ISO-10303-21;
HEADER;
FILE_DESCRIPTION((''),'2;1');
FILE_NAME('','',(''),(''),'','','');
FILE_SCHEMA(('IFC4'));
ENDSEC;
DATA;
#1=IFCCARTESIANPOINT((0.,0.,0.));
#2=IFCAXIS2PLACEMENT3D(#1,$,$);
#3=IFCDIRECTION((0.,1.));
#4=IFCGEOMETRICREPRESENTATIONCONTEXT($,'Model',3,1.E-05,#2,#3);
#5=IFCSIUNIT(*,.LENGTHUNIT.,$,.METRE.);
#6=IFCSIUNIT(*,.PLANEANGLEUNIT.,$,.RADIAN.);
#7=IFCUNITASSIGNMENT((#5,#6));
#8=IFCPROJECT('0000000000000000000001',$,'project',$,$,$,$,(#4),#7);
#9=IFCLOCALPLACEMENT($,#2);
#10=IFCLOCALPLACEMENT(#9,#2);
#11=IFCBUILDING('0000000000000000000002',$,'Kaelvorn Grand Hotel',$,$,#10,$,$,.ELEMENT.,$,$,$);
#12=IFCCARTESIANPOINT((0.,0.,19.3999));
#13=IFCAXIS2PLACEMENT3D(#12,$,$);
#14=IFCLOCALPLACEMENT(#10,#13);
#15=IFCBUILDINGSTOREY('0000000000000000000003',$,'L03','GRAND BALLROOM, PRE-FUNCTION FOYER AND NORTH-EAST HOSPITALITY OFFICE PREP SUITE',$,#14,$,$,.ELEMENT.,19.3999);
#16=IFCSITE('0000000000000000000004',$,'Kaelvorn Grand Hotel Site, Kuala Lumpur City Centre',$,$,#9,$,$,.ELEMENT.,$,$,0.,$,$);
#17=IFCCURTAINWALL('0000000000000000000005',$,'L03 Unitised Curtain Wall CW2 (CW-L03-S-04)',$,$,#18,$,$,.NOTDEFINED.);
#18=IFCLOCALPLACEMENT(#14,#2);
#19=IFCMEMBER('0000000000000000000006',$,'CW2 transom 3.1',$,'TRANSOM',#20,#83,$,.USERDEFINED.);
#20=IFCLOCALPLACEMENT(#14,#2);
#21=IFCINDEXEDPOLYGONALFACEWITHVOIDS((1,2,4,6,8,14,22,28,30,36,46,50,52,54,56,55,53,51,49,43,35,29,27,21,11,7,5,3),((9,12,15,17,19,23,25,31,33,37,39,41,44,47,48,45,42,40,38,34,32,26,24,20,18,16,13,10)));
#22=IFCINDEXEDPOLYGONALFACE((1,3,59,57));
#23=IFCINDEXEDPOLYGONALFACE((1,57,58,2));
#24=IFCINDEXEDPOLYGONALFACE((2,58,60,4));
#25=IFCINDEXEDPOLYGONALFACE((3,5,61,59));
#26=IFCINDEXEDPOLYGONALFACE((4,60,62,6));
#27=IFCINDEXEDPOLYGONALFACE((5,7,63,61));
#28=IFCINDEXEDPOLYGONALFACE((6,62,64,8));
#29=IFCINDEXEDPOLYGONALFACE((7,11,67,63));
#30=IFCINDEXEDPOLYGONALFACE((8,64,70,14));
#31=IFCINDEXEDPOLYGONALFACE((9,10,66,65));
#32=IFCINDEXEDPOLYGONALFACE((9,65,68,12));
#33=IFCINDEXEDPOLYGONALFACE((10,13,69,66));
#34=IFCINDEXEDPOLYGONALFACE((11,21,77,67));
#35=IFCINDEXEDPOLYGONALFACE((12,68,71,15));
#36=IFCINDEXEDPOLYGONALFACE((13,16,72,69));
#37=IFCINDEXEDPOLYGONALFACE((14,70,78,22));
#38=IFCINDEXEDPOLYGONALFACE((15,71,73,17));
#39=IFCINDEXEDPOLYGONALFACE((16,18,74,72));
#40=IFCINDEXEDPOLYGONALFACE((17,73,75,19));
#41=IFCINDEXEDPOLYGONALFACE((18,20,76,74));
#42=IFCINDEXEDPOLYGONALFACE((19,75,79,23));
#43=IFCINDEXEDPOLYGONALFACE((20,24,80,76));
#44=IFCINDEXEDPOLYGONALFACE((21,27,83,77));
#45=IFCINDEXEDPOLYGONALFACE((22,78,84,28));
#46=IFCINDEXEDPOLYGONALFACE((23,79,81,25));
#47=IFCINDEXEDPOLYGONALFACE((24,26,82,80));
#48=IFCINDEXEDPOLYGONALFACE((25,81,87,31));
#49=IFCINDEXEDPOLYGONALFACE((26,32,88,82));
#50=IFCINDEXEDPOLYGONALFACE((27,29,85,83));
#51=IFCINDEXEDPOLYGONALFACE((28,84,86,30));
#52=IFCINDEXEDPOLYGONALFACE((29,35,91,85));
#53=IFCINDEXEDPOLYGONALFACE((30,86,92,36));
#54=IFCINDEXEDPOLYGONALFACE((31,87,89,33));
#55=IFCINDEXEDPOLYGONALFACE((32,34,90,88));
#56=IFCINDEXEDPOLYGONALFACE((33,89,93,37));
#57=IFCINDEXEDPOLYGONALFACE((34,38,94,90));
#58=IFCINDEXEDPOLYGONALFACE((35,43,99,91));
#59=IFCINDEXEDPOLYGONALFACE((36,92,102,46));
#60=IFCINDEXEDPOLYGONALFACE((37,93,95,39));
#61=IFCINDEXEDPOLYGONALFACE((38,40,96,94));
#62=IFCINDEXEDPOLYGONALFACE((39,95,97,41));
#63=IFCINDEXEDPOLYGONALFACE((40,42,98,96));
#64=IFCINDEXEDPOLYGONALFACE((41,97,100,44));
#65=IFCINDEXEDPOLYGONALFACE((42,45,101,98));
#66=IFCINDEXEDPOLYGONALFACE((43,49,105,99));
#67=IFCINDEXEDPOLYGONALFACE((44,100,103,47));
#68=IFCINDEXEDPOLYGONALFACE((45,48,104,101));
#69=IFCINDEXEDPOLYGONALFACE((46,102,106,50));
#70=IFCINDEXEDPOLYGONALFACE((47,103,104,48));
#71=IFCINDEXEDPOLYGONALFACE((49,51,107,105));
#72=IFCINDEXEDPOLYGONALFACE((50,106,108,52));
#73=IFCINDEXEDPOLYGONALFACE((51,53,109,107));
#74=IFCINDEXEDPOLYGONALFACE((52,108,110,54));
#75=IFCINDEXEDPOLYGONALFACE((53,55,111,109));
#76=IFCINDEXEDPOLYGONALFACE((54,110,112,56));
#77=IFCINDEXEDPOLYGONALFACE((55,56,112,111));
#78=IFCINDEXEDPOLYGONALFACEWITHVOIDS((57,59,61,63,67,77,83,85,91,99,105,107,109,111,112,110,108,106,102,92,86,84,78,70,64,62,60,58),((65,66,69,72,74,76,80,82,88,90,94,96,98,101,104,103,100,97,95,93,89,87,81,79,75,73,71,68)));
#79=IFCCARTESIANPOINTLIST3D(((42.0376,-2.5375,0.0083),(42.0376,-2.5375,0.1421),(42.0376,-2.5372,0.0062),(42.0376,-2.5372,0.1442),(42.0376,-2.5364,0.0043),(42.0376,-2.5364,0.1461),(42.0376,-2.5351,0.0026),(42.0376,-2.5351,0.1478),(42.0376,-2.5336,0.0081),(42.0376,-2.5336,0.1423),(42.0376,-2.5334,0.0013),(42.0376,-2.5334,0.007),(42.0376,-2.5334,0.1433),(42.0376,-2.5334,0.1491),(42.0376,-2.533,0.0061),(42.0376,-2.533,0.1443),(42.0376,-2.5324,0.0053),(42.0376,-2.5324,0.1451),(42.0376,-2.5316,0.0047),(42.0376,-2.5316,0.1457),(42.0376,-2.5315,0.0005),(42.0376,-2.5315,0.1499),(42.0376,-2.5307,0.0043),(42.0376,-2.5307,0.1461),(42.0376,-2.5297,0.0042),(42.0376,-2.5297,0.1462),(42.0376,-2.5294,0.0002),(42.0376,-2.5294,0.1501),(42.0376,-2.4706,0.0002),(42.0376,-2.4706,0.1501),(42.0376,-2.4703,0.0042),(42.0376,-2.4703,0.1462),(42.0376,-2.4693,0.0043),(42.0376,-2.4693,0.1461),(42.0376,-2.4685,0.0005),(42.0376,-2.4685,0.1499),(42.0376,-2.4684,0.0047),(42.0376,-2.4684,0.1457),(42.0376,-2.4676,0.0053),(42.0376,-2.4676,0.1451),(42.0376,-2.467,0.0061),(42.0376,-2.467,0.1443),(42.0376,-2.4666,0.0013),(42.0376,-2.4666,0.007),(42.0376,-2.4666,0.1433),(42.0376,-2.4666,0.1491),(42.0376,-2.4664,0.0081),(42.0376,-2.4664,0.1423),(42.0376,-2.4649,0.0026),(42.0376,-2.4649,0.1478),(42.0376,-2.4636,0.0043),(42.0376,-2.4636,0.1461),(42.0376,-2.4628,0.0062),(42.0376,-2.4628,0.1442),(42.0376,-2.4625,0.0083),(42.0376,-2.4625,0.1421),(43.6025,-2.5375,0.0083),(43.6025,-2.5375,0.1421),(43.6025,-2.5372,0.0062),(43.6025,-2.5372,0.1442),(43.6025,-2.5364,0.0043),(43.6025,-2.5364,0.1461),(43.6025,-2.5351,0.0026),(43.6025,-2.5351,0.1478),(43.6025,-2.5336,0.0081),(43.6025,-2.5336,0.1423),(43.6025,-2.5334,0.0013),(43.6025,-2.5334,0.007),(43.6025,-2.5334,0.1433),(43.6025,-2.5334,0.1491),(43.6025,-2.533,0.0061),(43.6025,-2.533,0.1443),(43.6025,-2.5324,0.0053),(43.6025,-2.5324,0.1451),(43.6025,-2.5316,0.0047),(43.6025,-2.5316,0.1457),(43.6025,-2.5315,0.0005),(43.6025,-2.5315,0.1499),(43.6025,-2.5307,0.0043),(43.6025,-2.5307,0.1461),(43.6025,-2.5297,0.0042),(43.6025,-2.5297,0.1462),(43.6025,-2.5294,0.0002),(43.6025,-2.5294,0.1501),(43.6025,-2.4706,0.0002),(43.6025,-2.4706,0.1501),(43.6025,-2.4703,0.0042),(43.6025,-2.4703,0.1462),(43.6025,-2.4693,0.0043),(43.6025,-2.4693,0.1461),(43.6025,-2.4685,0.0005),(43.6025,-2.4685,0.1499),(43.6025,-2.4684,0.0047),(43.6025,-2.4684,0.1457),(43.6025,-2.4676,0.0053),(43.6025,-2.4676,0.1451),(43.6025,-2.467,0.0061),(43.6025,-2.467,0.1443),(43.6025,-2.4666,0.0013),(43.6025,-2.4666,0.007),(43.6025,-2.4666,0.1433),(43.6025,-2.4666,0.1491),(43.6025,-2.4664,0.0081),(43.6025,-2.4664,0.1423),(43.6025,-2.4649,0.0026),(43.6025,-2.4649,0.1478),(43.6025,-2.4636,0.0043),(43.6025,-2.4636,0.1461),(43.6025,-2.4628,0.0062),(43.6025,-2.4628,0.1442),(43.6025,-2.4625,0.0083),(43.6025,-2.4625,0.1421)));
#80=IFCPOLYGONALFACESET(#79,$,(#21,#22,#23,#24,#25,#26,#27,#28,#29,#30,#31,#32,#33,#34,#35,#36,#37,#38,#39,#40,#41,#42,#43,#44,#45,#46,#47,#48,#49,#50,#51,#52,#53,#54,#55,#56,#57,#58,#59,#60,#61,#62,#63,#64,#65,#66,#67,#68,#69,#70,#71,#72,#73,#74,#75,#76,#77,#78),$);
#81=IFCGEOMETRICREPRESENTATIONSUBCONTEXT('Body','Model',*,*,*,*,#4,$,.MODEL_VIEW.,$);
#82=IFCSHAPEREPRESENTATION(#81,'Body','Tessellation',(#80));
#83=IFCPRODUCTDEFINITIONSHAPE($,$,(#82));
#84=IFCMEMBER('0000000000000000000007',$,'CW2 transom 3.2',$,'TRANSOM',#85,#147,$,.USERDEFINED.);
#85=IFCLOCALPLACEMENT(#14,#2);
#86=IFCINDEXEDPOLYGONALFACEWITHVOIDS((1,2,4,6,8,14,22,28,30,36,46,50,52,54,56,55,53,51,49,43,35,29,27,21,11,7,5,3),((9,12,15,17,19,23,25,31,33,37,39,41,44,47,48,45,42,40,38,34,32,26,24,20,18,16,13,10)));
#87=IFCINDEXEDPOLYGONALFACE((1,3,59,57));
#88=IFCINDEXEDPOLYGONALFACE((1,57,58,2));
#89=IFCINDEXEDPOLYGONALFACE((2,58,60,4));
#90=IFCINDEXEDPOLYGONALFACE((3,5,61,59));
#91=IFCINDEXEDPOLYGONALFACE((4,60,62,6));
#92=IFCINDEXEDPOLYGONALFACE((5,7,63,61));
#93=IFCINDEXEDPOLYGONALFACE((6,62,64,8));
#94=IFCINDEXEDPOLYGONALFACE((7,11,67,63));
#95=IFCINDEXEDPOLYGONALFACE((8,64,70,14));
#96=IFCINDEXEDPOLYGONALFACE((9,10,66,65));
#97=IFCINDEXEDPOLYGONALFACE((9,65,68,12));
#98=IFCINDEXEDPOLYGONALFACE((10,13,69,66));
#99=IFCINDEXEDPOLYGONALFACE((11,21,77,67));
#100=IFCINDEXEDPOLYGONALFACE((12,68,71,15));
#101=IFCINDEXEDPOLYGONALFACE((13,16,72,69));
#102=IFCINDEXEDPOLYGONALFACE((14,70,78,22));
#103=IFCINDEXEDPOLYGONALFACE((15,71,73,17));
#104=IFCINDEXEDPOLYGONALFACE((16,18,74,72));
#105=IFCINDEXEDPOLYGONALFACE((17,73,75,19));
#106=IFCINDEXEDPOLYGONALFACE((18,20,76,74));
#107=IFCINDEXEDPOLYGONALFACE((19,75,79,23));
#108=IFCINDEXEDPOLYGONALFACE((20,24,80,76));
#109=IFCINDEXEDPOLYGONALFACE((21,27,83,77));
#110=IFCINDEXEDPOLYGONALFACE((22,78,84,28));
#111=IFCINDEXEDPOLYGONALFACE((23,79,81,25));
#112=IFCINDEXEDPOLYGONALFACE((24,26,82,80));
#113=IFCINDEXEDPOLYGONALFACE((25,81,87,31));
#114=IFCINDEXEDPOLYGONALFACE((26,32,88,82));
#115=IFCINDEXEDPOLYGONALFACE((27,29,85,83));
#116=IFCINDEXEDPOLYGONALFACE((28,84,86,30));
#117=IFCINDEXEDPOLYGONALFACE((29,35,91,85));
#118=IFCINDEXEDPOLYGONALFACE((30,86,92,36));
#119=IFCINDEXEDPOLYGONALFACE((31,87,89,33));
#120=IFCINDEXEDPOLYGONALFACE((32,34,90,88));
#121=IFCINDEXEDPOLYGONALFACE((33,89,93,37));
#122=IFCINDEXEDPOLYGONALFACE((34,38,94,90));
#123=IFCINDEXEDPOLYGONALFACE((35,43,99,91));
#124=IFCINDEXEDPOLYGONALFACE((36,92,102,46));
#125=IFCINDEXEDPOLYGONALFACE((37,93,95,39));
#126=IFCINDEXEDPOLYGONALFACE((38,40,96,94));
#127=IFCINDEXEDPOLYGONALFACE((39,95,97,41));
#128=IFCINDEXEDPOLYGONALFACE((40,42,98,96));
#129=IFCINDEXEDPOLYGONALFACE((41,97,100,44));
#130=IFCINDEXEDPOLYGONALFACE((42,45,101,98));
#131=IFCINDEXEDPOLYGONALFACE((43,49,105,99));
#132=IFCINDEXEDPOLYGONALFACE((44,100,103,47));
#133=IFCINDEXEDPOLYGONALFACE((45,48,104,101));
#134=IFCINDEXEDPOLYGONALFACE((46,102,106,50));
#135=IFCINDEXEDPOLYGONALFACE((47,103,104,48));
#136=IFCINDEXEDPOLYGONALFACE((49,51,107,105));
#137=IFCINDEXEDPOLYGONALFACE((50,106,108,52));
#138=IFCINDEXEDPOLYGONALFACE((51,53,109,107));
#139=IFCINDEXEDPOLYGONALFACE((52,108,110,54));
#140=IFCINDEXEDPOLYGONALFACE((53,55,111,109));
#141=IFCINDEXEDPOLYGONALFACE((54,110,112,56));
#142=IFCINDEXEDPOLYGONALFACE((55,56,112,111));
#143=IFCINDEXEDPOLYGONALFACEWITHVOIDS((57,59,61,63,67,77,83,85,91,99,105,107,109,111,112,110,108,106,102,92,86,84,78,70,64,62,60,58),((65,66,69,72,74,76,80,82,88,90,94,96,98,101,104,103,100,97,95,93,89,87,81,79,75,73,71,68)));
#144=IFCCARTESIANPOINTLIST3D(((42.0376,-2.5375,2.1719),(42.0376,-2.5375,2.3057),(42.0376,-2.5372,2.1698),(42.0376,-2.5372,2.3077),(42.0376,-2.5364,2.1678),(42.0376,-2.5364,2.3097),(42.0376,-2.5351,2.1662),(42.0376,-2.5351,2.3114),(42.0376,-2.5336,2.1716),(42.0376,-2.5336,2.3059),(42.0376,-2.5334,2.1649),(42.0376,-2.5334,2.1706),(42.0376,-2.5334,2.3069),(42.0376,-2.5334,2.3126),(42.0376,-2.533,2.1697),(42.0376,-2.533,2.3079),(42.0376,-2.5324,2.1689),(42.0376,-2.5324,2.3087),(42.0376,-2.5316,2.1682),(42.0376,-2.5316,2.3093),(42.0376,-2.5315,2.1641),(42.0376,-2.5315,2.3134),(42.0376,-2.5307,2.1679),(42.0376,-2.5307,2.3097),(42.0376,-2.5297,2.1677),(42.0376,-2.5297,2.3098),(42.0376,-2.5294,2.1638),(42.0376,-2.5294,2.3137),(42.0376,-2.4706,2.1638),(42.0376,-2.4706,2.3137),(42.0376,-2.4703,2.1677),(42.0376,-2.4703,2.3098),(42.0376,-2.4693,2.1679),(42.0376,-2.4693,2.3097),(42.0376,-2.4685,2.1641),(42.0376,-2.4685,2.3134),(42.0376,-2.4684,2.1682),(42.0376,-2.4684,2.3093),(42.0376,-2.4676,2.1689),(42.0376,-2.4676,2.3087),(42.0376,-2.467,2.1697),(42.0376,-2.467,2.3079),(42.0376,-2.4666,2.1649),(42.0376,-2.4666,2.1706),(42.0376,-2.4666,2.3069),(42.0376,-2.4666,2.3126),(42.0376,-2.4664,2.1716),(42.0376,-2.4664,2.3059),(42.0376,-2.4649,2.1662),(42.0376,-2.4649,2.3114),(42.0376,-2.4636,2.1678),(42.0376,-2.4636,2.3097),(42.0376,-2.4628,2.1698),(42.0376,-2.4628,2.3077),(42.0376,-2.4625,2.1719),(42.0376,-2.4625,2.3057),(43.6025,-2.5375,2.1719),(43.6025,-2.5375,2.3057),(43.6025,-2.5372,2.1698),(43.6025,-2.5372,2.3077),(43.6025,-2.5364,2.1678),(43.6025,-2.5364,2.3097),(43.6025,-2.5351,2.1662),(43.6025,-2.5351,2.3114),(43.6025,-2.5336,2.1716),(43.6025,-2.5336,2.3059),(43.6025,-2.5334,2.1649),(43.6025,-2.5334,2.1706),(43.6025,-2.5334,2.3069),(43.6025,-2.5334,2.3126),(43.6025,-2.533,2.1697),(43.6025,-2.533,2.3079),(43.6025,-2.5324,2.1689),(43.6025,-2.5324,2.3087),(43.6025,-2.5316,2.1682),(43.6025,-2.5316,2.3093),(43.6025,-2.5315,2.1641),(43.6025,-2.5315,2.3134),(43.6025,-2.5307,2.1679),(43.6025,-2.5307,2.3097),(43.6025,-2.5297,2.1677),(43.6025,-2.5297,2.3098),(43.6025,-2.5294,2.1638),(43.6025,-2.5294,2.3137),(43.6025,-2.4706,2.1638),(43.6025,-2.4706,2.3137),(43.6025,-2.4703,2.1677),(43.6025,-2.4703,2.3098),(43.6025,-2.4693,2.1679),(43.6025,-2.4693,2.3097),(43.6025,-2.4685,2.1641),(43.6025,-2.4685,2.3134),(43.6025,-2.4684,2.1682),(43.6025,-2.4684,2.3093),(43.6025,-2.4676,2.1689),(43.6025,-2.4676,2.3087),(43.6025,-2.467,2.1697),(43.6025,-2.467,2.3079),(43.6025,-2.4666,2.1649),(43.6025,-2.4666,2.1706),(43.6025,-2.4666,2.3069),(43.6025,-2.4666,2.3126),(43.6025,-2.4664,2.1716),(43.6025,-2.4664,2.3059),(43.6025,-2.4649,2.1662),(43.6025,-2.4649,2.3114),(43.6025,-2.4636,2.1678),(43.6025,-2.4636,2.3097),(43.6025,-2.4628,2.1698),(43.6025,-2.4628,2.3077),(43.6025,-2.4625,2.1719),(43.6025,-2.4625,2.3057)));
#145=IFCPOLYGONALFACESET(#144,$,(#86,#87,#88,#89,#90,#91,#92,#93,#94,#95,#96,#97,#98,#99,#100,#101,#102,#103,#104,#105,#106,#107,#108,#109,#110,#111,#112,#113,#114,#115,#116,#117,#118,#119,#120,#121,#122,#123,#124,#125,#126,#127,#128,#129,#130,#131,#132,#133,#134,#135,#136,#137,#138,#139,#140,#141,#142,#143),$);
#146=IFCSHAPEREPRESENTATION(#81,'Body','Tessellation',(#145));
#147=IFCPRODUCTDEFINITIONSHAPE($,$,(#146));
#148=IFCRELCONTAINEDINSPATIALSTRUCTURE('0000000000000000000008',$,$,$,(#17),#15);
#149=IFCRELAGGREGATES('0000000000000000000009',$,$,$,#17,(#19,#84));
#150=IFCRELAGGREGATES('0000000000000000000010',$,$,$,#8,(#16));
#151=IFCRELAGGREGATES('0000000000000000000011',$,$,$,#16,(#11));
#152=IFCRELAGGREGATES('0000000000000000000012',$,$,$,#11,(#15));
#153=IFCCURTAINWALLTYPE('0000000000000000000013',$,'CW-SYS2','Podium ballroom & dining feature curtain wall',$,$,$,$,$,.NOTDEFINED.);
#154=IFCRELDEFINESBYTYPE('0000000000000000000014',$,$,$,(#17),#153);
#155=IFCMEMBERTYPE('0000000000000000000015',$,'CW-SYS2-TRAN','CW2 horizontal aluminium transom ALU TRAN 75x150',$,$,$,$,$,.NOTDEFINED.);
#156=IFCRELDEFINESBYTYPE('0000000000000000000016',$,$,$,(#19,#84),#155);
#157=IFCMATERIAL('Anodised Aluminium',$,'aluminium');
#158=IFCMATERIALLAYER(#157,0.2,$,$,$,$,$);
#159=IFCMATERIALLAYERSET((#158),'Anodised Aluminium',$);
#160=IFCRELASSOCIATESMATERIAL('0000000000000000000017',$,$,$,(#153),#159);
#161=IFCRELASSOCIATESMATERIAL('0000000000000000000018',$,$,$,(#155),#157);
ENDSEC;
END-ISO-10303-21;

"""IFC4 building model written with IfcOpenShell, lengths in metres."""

from ifc_helpers import new_model, si_unit, direction, frame, origin, origin_2d, place, context, subcontext, project, spatial, hollow_rectangle, extrude, material, layer, layer_set, material_profile, profile_set, type_object, element, aggregate, save


model = new_model("IFC4")

# Units and contexts
model_context = context("Model", 3, precision=1e-05, world=origin(), true_north=direction((0.0, 1.0)))
body_context = subcontext(model_context, "Body", "Model", "MODEL_VIEW")
ifc_project = project(units=[si_unit("LENGTHUNIT", "METRE"), si_unit("PLANEANGLEUNIT", "RADIAN")], contexts=[model_context])

# Site, building, storey
site_placement = place(None, origin())
site = spatial("IfcSite", under=ifc_project, at=site_placement, Name="Kaelvorn Grand Hotel Site, Kuala Lumpur City Centre", CompositionType="ELEMENT", RefElevation=0.0)
building_placement = place(site_placement, origin())
building = spatial("IfcBuilding", under=site, at=building_placement, Name="Kaelvorn Grand Hotel", CompositionType="ELEMENT")
storey_placement = place(building_placement, frame((0.0, 0.0, 19.3999)))
storey = spatial("IfcBuildingStorey", under=building, at=storey_placement, Name="L03", Description="GRAND BALLROOM, PRE-FUNCTION FOYER AND NORTH-EAST HOSPITALITY OFFICE PREP SUITE", CompositionType="ELEMENT", Elevation=19.3999)

# Curtain wall
ifc_material_1 = material(Name="Anodised Aluminium", Category="aluminium")
ifc_layer_1 = layer(ifc_material_1, 0.2)
ifc_layer_set_1 = layer_set([ifc_layer_1], Name="Anodised Aluminium")
curtain_wall_type = type_object("IfcCurtainWallType", Name="CW-SYS2", Description="Podium ballroom & dining feature curtain wall", PredefinedType="NOTDEFINED", material=ifc_layer_set_1)
curtain_wall_1_placement = place(storey_placement, origin())
curtain_wall_1 = element("IfcCurtainWall", 1, at=curtain_wall_1_placement, inside=storey, type_object=curtain_wall_type, Name="L03 Unitised Curtain Wall CW2 (CW-L03-S-04)", PredefinedType="NOTDEFINED")

# Members
ifc_material_profile_1 = material_profile(ifc_material_1, hollow_rectangle(XDim=0.075, YDim=0.1499, WallThickness=0.0039, InnerFilletRadius=0.0039, OuterFilletRadius=0.0081, at=origin_2d()), Name="ALU TRAN 75x150")
ifc_profile_set_1 = profile_set([ifc_material_profile_1], Name="Anodised Aluminium")
member_type_1 = type_object("IfcMemberType", Name="CW-SYS2-TRAN", Description="CW2 horizontal aluminium transom ALU TRAN 75x150", PredefinedType="NOTDEFINED", material=ifc_profile_set_1)
member_1_placement = place(storey_placement, frame((42.0376, -2.5, 0.0752), z_axis=(1.0, 0.0, 0.0), x_axis=(0.0, 1.0, 0.0)))
member_1 = element("IfcMember", 2, at=member_1_placement, type_object=member_type_1, Name="CW2 transom 3.1", ObjectType="TRANSOM", PredefinedType="USERDEFINED", context=body_context, shape_type="SweptSolid", body=[
    extrude(hollow_rectangle(XDim=0.075, YDim=0.1499, WallThickness=0.0039, InnerFilletRadius=0.0039, OuterFilletRadius=0.0081, at=origin_2d()), origin(), (0.0, 0.0, 1.0), 1.5649),
])
member_2_placement = place(storey_placement, frame((42.0376, -2.5, 2.2388), z_axis=(1.0, 0.0, 0.0), x_axis=(0.0, 1.0, 0.0)))
member_2 = element("IfcMember", 3, at=member_2_placement, type_object=member_type_1, Name="CW2 transom 3.2", ObjectType="TRANSOM", PredefinedType="USERDEFINED", context=body_context, shape_type="SweptSolid", body=[
    extrude(hollow_rectangle(XDim=0.075, YDim=0.1499, WallThickness=0.0039, InnerFilletRadius=0.0039, OuterFilletRadius=0.0081, at=origin_2d()), origin(), (0.0, 0.0, 1.0), 1.5649),
])

aggregate(curtain_wall_1, [member_1, member_2])

save(model, "model.ifc")
